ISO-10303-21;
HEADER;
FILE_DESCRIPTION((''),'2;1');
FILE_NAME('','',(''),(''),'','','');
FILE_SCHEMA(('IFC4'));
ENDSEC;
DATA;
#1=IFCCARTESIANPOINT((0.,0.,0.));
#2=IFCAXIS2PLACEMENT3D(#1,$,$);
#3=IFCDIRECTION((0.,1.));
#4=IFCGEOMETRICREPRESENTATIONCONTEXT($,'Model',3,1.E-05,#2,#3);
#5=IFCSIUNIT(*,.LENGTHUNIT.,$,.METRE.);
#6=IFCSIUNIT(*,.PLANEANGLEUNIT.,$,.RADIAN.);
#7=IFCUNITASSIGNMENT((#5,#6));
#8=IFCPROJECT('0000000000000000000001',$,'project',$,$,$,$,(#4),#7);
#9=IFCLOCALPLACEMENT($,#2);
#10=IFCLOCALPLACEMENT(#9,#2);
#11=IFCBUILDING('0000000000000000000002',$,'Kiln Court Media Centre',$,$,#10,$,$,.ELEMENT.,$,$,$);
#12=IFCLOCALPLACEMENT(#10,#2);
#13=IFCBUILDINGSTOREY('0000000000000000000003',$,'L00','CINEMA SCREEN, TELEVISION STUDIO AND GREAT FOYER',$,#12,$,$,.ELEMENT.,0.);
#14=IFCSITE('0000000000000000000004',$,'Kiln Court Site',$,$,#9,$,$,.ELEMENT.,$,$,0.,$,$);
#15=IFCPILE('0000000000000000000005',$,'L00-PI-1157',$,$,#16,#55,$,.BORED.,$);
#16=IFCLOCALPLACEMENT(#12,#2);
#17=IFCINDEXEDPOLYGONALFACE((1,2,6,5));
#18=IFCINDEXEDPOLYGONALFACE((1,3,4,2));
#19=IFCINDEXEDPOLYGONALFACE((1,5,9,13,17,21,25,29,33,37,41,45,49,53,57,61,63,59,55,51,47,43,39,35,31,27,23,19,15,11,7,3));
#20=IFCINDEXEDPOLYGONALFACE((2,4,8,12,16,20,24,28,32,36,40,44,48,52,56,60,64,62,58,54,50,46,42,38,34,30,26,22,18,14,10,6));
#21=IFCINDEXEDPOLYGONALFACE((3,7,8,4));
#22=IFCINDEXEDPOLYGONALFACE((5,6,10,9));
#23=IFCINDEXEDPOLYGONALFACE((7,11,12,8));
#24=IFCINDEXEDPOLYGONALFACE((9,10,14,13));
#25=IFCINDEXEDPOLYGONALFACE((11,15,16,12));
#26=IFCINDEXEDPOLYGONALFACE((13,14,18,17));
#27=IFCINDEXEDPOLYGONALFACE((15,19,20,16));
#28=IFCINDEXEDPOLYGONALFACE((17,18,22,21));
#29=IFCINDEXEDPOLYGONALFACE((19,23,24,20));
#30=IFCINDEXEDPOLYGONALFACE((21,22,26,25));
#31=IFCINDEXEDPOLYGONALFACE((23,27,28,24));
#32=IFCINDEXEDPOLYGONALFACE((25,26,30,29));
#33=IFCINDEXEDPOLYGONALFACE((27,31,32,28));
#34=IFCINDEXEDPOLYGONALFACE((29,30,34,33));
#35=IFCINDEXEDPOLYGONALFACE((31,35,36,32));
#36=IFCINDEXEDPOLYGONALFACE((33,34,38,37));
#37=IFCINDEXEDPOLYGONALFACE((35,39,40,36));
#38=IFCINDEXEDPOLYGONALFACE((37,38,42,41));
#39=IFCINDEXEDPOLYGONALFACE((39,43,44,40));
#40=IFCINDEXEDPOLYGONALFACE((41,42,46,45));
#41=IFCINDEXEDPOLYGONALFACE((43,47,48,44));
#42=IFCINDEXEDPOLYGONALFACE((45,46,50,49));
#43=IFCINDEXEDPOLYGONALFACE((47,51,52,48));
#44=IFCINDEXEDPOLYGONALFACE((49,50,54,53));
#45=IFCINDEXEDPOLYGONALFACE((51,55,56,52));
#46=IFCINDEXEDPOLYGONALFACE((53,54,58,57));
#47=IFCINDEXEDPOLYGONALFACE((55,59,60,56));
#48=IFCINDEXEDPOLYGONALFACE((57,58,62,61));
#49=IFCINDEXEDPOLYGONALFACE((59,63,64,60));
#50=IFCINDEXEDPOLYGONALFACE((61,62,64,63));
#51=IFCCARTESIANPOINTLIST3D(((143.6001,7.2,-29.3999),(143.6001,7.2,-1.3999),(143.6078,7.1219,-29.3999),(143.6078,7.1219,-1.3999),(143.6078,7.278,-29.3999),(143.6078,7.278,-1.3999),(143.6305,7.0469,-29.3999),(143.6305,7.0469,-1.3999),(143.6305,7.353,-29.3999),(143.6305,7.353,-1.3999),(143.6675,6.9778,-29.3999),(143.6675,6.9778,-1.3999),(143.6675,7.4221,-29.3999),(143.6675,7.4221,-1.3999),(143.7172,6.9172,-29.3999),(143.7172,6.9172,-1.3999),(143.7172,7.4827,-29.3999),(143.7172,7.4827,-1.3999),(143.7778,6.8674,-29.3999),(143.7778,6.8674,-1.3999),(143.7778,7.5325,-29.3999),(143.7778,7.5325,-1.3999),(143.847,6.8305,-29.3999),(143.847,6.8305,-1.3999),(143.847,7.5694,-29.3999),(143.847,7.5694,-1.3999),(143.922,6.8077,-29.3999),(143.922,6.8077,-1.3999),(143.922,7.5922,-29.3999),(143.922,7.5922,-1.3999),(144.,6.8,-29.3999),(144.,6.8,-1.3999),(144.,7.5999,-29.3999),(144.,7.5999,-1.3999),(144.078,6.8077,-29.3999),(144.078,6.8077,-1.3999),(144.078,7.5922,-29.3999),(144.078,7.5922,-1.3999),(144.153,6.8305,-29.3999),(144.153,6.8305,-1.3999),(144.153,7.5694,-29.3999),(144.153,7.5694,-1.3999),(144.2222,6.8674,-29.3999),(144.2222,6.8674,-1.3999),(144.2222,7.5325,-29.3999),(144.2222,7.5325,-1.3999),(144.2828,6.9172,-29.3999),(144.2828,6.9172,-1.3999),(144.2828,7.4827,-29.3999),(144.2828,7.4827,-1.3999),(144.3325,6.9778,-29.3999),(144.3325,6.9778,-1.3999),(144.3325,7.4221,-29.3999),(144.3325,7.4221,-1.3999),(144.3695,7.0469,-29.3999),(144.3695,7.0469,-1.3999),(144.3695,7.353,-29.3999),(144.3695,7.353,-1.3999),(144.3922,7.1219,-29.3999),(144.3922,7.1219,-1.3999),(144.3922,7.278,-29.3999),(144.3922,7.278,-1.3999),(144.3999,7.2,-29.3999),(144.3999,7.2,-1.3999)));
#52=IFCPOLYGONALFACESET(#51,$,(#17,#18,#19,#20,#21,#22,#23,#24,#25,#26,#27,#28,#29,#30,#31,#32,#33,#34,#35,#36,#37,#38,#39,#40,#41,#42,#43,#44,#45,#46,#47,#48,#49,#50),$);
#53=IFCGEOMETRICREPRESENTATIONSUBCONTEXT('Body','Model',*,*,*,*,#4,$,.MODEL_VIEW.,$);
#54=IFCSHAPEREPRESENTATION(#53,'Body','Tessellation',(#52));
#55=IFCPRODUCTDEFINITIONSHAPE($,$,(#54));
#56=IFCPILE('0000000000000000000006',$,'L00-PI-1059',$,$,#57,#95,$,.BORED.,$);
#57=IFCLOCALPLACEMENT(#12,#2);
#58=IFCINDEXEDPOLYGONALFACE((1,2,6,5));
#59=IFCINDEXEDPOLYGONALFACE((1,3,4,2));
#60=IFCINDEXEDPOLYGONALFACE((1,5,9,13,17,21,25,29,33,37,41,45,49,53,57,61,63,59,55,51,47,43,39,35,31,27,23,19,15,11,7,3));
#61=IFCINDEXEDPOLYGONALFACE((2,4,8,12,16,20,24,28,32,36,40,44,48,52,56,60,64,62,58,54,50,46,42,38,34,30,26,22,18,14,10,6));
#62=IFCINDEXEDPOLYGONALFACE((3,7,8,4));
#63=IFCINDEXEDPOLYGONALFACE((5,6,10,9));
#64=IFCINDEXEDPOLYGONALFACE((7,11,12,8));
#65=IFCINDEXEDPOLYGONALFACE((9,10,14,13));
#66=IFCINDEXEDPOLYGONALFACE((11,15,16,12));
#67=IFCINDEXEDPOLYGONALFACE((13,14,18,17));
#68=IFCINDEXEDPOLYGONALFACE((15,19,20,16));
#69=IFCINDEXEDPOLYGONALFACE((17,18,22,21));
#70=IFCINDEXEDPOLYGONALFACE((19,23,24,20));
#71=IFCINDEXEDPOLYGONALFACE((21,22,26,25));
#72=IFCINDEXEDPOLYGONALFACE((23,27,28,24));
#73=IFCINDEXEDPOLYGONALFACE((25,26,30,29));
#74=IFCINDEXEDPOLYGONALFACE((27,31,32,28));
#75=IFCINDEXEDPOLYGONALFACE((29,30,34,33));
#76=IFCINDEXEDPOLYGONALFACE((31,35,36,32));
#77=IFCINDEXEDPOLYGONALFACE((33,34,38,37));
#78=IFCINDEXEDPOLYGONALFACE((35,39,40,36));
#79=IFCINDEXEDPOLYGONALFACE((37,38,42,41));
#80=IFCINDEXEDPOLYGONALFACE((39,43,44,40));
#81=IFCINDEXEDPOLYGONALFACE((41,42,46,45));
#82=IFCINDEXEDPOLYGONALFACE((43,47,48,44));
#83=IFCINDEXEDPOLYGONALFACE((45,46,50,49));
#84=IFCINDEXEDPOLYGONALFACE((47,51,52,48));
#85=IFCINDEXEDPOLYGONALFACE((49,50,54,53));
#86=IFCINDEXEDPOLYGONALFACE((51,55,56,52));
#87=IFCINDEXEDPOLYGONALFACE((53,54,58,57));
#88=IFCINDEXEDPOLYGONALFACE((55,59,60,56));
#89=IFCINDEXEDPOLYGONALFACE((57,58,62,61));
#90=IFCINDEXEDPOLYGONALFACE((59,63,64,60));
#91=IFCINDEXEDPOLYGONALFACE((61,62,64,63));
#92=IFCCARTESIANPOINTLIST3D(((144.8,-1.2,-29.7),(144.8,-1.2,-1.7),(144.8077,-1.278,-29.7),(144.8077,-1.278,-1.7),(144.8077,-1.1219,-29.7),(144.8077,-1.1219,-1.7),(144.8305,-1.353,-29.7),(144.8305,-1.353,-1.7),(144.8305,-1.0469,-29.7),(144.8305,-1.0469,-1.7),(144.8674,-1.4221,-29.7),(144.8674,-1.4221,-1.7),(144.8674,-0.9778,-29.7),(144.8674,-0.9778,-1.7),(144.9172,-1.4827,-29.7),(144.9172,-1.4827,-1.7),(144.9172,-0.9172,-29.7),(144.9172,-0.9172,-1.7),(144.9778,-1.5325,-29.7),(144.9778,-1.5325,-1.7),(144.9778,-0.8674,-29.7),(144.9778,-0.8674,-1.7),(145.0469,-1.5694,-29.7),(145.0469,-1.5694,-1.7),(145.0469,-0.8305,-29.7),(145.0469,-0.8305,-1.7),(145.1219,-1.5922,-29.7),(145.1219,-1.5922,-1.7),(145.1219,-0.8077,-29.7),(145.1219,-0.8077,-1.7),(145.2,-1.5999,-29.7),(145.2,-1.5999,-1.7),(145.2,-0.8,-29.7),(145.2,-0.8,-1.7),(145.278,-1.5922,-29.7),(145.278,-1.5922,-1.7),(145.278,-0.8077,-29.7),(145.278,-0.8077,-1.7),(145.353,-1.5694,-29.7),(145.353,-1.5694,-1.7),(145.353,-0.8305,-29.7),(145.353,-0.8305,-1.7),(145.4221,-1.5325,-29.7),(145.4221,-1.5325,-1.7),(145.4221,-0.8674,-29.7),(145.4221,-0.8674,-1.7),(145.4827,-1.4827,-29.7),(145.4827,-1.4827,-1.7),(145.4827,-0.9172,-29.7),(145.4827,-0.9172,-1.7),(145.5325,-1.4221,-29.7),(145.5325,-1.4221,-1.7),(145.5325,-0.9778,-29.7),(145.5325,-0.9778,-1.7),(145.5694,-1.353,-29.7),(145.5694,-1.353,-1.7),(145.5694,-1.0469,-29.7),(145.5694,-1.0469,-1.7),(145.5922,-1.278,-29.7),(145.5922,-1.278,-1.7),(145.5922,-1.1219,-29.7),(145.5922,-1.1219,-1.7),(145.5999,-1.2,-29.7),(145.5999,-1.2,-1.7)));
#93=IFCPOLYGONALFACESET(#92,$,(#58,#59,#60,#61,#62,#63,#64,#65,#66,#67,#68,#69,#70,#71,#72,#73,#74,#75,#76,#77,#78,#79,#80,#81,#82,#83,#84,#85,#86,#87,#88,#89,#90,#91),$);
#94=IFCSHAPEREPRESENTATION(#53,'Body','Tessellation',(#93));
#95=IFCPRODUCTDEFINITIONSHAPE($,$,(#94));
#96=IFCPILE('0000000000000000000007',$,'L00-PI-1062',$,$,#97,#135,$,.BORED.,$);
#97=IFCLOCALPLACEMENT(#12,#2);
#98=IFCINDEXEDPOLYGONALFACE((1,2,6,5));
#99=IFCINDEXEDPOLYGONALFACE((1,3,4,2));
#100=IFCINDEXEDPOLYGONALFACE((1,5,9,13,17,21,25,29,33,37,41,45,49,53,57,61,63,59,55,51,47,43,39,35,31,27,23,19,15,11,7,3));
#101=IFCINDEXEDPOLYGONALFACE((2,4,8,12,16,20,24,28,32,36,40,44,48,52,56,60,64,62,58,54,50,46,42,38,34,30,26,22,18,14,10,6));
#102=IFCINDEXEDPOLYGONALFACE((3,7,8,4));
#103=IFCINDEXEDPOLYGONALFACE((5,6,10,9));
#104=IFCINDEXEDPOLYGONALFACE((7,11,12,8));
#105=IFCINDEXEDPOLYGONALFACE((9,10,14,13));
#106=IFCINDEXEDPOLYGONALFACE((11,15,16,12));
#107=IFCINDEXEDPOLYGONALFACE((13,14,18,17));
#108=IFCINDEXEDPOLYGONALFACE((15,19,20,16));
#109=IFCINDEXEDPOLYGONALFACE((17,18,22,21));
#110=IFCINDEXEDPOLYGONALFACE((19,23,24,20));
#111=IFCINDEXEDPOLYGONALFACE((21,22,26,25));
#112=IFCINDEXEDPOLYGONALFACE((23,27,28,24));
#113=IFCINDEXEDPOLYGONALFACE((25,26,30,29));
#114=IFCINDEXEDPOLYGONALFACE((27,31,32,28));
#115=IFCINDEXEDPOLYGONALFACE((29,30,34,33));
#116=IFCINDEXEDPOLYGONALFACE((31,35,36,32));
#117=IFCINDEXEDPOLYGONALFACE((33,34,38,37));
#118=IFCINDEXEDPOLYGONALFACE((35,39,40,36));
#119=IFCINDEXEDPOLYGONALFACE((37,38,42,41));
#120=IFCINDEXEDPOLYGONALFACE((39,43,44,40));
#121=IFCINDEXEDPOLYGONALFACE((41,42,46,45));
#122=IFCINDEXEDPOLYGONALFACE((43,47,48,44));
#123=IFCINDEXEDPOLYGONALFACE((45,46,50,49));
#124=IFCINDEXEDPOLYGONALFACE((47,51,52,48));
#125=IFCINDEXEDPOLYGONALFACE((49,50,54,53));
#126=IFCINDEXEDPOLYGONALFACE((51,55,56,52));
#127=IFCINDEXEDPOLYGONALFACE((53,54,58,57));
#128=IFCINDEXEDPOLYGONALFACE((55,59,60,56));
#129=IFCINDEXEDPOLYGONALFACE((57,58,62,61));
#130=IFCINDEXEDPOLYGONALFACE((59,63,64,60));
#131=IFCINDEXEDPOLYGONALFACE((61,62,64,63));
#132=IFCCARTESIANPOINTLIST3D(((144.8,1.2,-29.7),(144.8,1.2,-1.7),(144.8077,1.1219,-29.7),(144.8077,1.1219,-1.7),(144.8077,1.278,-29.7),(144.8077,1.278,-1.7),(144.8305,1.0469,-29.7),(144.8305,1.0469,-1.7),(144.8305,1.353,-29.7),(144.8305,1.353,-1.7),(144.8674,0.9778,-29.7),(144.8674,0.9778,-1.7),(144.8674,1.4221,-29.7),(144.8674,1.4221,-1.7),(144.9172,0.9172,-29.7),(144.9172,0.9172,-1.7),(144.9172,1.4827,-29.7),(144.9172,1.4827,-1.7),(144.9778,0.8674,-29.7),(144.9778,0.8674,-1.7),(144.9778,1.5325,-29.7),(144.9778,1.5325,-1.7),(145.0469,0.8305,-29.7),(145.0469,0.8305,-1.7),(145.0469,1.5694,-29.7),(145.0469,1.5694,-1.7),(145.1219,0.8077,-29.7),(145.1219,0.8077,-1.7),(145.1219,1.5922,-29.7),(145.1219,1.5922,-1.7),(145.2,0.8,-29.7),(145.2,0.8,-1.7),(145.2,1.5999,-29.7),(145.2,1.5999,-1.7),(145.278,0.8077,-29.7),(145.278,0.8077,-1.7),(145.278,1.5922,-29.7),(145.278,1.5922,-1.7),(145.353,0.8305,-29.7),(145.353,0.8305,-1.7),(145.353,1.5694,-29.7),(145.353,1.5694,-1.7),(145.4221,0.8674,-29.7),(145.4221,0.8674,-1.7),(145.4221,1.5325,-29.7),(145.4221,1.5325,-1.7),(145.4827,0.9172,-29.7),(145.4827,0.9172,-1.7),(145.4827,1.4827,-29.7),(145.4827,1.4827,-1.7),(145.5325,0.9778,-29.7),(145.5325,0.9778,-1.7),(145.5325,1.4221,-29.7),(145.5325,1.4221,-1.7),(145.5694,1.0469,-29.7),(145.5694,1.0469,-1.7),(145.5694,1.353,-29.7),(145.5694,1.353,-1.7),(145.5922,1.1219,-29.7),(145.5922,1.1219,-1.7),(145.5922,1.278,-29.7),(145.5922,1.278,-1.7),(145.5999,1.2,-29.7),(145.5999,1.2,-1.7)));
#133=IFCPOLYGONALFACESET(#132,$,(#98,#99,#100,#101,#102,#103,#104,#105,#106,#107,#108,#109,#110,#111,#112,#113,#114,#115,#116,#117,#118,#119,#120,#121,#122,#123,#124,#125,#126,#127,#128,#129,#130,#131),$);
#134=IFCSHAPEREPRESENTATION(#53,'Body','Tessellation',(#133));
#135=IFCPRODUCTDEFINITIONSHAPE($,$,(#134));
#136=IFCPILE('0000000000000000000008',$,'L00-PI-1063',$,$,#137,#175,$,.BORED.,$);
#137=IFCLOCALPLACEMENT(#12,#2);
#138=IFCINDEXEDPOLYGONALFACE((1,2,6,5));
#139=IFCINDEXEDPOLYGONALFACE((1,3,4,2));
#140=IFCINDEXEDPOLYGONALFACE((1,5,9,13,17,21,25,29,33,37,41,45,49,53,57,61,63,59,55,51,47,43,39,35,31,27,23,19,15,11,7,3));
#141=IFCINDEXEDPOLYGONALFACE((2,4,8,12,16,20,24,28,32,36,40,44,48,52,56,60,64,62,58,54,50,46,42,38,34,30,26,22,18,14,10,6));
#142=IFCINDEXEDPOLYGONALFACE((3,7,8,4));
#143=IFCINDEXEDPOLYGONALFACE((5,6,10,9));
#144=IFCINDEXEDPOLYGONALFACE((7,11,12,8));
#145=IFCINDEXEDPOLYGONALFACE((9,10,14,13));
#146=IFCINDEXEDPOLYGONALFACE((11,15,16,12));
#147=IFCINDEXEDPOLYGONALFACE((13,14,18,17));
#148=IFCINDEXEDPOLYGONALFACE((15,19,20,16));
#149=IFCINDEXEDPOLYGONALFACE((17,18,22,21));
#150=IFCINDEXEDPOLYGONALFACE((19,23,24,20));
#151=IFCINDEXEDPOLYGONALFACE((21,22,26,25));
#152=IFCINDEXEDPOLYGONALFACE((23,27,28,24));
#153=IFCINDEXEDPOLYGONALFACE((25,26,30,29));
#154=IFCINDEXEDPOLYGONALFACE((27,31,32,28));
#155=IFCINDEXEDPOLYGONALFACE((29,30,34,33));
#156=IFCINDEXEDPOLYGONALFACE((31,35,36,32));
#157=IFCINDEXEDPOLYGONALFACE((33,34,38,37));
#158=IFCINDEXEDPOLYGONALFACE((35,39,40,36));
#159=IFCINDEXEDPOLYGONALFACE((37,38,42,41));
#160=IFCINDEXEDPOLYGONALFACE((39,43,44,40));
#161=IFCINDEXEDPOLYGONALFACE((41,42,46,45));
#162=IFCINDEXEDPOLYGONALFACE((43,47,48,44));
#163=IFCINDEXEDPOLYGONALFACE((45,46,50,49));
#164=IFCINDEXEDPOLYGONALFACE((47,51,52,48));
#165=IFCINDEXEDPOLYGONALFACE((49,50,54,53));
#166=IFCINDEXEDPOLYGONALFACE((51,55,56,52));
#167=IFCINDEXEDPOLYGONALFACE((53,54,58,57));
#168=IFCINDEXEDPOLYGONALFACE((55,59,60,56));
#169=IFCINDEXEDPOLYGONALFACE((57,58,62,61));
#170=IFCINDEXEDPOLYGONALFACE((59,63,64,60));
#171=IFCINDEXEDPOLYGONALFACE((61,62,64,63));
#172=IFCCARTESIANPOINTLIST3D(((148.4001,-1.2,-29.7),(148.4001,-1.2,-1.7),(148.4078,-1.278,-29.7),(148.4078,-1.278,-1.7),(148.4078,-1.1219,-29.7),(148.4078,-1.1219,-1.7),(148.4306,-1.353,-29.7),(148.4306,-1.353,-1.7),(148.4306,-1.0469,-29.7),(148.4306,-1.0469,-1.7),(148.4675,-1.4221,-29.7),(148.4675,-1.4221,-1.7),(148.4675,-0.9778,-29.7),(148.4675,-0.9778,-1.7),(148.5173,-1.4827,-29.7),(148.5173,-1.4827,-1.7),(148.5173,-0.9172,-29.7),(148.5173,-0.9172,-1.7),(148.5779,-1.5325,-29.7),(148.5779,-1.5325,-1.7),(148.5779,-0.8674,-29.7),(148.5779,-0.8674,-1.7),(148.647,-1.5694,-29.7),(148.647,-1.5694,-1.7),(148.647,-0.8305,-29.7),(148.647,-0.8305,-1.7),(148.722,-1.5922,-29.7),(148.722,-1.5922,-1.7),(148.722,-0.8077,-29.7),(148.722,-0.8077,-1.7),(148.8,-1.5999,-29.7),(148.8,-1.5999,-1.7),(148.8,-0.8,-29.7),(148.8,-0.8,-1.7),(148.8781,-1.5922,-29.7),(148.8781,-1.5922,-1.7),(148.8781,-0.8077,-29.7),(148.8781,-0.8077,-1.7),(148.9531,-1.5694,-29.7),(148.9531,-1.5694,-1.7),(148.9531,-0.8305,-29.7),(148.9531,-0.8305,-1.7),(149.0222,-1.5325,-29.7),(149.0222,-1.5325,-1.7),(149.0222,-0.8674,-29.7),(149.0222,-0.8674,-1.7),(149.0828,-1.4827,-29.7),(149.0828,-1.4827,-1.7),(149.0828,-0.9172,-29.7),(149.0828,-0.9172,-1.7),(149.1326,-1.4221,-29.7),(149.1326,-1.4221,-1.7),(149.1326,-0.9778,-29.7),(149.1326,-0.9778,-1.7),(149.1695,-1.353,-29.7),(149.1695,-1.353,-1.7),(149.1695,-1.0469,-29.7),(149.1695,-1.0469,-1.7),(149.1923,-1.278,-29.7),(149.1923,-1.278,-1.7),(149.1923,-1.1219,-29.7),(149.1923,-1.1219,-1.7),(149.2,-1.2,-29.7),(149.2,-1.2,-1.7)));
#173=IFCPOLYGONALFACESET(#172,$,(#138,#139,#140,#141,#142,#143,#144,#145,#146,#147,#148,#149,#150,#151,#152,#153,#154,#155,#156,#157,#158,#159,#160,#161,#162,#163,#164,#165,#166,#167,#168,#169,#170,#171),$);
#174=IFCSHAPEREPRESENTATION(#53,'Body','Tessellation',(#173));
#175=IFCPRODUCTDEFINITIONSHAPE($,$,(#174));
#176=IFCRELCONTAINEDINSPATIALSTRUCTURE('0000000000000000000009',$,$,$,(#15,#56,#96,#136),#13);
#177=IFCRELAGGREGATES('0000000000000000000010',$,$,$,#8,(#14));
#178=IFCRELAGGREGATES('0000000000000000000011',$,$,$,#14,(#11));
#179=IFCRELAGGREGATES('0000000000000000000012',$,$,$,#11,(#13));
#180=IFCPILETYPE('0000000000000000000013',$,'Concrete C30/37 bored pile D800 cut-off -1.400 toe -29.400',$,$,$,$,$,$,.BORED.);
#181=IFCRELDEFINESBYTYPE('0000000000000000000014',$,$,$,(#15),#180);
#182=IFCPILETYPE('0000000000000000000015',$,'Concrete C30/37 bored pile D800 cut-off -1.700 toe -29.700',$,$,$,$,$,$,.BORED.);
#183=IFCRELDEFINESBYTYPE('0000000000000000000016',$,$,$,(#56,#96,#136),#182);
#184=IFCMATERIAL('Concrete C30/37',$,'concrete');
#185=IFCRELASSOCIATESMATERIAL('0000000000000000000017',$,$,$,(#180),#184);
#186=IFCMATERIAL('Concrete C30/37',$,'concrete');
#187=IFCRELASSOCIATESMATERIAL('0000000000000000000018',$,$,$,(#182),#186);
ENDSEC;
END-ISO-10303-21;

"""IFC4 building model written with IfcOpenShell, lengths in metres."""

from ifc_helpers import new_model, si_unit, direction, frame, origin, origin_2d, place, context, subcontext, project, spatial, circle, extrude, material, material_profile, profile_set, type_object, element, save


model = new_model("IFC4")

# Units and contexts
model_context = context("Model", 3, precision=1e-05, world=origin(), true_north=direction((0.0, 1.0)))
body_context = subcontext(model_context, "Body", "Model", "MODEL_VIEW")
ifc_project = project(units=[si_unit("LENGTHUNIT", "METRE"), si_unit("PLANEANGLEUNIT", "RADIAN")], contexts=[model_context])

# Site, building, storey
site_placement = place(None, origin())
site = spatial("IfcSite", under=ifc_project, at=site_placement, Name="Kiln Court Site", CompositionType="ELEMENT", RefElevation=0.0)
building_placement = place(site_placement, origin())
building = spatial("IfcBuilding", under=site, at=building_placement, Name="Kiln Court Media Centre", CompositionType="ELEMENT")
storey_placement = place(building_placement, origin())
storey = spatial("IfcBuildingStorey", under=building, at=storey_placement, Name="L00", Description="CINEMA SCREEN, TELEVISION STUDIO AND GREAT FOYER", CompositionType="ELEMENT", Elevation=0.0)

# Piles
ifc_material_1 = material(Name="Concrete C30/37", Category="concrete")
ifc_material_profile_1 = material_profile(ifc_material_1, circle(Radius=0.3999, at=origin_2d()), Name="PILE D800")
ifc_profile_set_1 = profile_set([ifc_material_profile_1], Name="Concrete C30/37")
pile_type_1 = type_object("IfcPileType", Name="Concrete C30/37 bored pile D800 cut-off -1.400 toe -29.400", PredefinedType="BORED", material=ifc_profile_set_1)
pile_placement = place(storey_placement, frame((144.0, 7.2, -1.3999), z_axis=(0.0, 0.0, -1.0), x_axis=(1.0, 0.0, 0.0)))
element("IfcPile", 1, at=pile_placement, inside=storey, type_object=pile_type_1, Name="L00-PI-1157", PredefinedType="BORED", context=body_context, shape_type="SweptSolid", body=[
    extrude(circle(Radius=0.3999, at=origin_2d()), origin(), (0.0, 0.0, 1.0), 28.0),
])
ifc_material_2 = material(Name="Concrete C30/37", Category="concrete")
ifc_material_profile_2 = material_profile(ifc_material_2, circle(Radius=0.3999, at=origin_2d()), Name="PILE D800")
ifc_profile_set_2 = profile_set([ifc_material_profile_2], Name="Concrete C30/37")
pile_type_2 = type_object("IfcPileType", Name="Concrete C30/37 bored pile D800 cut-off -1.700 toe -29.700", PredefinedType="BORED", material=ifc_profile_set_2)
for number, where, z_axis, x_axis, name in (
    (2, (145.2, -1.2, -1.7), (0.0, 0.0, -1.0), (1.0, 0.0, 0.0), "L00-PI-1059"),
    (3, (145.2, 1.2, -1.7), (0.0, 0.0, -1.0), (1.0, 0.0, 0.0), "L00-PI-1062"),
    (4, (148.8, -1.2, -1.7), (0.0, 0.0, -1.0), (1.0, 0.0, 0.0), "L00-PI-1063"),
):
    element("IfcPile", number, at=place(storey_placement, frame(where, z_axis=z_axis, x_axis=x_axis)), inside=storey, type_object=pile_type_2, Name=name, PredefinedType="BORED", context=body_context, shape_type="SweptSolid", body=[
        extrude(circle(Radius=0.3999, at=origin_2d()), origin(), (0.0, 0.0, 1.0), 28.0),
    ])

save(model, "model.ifc")
